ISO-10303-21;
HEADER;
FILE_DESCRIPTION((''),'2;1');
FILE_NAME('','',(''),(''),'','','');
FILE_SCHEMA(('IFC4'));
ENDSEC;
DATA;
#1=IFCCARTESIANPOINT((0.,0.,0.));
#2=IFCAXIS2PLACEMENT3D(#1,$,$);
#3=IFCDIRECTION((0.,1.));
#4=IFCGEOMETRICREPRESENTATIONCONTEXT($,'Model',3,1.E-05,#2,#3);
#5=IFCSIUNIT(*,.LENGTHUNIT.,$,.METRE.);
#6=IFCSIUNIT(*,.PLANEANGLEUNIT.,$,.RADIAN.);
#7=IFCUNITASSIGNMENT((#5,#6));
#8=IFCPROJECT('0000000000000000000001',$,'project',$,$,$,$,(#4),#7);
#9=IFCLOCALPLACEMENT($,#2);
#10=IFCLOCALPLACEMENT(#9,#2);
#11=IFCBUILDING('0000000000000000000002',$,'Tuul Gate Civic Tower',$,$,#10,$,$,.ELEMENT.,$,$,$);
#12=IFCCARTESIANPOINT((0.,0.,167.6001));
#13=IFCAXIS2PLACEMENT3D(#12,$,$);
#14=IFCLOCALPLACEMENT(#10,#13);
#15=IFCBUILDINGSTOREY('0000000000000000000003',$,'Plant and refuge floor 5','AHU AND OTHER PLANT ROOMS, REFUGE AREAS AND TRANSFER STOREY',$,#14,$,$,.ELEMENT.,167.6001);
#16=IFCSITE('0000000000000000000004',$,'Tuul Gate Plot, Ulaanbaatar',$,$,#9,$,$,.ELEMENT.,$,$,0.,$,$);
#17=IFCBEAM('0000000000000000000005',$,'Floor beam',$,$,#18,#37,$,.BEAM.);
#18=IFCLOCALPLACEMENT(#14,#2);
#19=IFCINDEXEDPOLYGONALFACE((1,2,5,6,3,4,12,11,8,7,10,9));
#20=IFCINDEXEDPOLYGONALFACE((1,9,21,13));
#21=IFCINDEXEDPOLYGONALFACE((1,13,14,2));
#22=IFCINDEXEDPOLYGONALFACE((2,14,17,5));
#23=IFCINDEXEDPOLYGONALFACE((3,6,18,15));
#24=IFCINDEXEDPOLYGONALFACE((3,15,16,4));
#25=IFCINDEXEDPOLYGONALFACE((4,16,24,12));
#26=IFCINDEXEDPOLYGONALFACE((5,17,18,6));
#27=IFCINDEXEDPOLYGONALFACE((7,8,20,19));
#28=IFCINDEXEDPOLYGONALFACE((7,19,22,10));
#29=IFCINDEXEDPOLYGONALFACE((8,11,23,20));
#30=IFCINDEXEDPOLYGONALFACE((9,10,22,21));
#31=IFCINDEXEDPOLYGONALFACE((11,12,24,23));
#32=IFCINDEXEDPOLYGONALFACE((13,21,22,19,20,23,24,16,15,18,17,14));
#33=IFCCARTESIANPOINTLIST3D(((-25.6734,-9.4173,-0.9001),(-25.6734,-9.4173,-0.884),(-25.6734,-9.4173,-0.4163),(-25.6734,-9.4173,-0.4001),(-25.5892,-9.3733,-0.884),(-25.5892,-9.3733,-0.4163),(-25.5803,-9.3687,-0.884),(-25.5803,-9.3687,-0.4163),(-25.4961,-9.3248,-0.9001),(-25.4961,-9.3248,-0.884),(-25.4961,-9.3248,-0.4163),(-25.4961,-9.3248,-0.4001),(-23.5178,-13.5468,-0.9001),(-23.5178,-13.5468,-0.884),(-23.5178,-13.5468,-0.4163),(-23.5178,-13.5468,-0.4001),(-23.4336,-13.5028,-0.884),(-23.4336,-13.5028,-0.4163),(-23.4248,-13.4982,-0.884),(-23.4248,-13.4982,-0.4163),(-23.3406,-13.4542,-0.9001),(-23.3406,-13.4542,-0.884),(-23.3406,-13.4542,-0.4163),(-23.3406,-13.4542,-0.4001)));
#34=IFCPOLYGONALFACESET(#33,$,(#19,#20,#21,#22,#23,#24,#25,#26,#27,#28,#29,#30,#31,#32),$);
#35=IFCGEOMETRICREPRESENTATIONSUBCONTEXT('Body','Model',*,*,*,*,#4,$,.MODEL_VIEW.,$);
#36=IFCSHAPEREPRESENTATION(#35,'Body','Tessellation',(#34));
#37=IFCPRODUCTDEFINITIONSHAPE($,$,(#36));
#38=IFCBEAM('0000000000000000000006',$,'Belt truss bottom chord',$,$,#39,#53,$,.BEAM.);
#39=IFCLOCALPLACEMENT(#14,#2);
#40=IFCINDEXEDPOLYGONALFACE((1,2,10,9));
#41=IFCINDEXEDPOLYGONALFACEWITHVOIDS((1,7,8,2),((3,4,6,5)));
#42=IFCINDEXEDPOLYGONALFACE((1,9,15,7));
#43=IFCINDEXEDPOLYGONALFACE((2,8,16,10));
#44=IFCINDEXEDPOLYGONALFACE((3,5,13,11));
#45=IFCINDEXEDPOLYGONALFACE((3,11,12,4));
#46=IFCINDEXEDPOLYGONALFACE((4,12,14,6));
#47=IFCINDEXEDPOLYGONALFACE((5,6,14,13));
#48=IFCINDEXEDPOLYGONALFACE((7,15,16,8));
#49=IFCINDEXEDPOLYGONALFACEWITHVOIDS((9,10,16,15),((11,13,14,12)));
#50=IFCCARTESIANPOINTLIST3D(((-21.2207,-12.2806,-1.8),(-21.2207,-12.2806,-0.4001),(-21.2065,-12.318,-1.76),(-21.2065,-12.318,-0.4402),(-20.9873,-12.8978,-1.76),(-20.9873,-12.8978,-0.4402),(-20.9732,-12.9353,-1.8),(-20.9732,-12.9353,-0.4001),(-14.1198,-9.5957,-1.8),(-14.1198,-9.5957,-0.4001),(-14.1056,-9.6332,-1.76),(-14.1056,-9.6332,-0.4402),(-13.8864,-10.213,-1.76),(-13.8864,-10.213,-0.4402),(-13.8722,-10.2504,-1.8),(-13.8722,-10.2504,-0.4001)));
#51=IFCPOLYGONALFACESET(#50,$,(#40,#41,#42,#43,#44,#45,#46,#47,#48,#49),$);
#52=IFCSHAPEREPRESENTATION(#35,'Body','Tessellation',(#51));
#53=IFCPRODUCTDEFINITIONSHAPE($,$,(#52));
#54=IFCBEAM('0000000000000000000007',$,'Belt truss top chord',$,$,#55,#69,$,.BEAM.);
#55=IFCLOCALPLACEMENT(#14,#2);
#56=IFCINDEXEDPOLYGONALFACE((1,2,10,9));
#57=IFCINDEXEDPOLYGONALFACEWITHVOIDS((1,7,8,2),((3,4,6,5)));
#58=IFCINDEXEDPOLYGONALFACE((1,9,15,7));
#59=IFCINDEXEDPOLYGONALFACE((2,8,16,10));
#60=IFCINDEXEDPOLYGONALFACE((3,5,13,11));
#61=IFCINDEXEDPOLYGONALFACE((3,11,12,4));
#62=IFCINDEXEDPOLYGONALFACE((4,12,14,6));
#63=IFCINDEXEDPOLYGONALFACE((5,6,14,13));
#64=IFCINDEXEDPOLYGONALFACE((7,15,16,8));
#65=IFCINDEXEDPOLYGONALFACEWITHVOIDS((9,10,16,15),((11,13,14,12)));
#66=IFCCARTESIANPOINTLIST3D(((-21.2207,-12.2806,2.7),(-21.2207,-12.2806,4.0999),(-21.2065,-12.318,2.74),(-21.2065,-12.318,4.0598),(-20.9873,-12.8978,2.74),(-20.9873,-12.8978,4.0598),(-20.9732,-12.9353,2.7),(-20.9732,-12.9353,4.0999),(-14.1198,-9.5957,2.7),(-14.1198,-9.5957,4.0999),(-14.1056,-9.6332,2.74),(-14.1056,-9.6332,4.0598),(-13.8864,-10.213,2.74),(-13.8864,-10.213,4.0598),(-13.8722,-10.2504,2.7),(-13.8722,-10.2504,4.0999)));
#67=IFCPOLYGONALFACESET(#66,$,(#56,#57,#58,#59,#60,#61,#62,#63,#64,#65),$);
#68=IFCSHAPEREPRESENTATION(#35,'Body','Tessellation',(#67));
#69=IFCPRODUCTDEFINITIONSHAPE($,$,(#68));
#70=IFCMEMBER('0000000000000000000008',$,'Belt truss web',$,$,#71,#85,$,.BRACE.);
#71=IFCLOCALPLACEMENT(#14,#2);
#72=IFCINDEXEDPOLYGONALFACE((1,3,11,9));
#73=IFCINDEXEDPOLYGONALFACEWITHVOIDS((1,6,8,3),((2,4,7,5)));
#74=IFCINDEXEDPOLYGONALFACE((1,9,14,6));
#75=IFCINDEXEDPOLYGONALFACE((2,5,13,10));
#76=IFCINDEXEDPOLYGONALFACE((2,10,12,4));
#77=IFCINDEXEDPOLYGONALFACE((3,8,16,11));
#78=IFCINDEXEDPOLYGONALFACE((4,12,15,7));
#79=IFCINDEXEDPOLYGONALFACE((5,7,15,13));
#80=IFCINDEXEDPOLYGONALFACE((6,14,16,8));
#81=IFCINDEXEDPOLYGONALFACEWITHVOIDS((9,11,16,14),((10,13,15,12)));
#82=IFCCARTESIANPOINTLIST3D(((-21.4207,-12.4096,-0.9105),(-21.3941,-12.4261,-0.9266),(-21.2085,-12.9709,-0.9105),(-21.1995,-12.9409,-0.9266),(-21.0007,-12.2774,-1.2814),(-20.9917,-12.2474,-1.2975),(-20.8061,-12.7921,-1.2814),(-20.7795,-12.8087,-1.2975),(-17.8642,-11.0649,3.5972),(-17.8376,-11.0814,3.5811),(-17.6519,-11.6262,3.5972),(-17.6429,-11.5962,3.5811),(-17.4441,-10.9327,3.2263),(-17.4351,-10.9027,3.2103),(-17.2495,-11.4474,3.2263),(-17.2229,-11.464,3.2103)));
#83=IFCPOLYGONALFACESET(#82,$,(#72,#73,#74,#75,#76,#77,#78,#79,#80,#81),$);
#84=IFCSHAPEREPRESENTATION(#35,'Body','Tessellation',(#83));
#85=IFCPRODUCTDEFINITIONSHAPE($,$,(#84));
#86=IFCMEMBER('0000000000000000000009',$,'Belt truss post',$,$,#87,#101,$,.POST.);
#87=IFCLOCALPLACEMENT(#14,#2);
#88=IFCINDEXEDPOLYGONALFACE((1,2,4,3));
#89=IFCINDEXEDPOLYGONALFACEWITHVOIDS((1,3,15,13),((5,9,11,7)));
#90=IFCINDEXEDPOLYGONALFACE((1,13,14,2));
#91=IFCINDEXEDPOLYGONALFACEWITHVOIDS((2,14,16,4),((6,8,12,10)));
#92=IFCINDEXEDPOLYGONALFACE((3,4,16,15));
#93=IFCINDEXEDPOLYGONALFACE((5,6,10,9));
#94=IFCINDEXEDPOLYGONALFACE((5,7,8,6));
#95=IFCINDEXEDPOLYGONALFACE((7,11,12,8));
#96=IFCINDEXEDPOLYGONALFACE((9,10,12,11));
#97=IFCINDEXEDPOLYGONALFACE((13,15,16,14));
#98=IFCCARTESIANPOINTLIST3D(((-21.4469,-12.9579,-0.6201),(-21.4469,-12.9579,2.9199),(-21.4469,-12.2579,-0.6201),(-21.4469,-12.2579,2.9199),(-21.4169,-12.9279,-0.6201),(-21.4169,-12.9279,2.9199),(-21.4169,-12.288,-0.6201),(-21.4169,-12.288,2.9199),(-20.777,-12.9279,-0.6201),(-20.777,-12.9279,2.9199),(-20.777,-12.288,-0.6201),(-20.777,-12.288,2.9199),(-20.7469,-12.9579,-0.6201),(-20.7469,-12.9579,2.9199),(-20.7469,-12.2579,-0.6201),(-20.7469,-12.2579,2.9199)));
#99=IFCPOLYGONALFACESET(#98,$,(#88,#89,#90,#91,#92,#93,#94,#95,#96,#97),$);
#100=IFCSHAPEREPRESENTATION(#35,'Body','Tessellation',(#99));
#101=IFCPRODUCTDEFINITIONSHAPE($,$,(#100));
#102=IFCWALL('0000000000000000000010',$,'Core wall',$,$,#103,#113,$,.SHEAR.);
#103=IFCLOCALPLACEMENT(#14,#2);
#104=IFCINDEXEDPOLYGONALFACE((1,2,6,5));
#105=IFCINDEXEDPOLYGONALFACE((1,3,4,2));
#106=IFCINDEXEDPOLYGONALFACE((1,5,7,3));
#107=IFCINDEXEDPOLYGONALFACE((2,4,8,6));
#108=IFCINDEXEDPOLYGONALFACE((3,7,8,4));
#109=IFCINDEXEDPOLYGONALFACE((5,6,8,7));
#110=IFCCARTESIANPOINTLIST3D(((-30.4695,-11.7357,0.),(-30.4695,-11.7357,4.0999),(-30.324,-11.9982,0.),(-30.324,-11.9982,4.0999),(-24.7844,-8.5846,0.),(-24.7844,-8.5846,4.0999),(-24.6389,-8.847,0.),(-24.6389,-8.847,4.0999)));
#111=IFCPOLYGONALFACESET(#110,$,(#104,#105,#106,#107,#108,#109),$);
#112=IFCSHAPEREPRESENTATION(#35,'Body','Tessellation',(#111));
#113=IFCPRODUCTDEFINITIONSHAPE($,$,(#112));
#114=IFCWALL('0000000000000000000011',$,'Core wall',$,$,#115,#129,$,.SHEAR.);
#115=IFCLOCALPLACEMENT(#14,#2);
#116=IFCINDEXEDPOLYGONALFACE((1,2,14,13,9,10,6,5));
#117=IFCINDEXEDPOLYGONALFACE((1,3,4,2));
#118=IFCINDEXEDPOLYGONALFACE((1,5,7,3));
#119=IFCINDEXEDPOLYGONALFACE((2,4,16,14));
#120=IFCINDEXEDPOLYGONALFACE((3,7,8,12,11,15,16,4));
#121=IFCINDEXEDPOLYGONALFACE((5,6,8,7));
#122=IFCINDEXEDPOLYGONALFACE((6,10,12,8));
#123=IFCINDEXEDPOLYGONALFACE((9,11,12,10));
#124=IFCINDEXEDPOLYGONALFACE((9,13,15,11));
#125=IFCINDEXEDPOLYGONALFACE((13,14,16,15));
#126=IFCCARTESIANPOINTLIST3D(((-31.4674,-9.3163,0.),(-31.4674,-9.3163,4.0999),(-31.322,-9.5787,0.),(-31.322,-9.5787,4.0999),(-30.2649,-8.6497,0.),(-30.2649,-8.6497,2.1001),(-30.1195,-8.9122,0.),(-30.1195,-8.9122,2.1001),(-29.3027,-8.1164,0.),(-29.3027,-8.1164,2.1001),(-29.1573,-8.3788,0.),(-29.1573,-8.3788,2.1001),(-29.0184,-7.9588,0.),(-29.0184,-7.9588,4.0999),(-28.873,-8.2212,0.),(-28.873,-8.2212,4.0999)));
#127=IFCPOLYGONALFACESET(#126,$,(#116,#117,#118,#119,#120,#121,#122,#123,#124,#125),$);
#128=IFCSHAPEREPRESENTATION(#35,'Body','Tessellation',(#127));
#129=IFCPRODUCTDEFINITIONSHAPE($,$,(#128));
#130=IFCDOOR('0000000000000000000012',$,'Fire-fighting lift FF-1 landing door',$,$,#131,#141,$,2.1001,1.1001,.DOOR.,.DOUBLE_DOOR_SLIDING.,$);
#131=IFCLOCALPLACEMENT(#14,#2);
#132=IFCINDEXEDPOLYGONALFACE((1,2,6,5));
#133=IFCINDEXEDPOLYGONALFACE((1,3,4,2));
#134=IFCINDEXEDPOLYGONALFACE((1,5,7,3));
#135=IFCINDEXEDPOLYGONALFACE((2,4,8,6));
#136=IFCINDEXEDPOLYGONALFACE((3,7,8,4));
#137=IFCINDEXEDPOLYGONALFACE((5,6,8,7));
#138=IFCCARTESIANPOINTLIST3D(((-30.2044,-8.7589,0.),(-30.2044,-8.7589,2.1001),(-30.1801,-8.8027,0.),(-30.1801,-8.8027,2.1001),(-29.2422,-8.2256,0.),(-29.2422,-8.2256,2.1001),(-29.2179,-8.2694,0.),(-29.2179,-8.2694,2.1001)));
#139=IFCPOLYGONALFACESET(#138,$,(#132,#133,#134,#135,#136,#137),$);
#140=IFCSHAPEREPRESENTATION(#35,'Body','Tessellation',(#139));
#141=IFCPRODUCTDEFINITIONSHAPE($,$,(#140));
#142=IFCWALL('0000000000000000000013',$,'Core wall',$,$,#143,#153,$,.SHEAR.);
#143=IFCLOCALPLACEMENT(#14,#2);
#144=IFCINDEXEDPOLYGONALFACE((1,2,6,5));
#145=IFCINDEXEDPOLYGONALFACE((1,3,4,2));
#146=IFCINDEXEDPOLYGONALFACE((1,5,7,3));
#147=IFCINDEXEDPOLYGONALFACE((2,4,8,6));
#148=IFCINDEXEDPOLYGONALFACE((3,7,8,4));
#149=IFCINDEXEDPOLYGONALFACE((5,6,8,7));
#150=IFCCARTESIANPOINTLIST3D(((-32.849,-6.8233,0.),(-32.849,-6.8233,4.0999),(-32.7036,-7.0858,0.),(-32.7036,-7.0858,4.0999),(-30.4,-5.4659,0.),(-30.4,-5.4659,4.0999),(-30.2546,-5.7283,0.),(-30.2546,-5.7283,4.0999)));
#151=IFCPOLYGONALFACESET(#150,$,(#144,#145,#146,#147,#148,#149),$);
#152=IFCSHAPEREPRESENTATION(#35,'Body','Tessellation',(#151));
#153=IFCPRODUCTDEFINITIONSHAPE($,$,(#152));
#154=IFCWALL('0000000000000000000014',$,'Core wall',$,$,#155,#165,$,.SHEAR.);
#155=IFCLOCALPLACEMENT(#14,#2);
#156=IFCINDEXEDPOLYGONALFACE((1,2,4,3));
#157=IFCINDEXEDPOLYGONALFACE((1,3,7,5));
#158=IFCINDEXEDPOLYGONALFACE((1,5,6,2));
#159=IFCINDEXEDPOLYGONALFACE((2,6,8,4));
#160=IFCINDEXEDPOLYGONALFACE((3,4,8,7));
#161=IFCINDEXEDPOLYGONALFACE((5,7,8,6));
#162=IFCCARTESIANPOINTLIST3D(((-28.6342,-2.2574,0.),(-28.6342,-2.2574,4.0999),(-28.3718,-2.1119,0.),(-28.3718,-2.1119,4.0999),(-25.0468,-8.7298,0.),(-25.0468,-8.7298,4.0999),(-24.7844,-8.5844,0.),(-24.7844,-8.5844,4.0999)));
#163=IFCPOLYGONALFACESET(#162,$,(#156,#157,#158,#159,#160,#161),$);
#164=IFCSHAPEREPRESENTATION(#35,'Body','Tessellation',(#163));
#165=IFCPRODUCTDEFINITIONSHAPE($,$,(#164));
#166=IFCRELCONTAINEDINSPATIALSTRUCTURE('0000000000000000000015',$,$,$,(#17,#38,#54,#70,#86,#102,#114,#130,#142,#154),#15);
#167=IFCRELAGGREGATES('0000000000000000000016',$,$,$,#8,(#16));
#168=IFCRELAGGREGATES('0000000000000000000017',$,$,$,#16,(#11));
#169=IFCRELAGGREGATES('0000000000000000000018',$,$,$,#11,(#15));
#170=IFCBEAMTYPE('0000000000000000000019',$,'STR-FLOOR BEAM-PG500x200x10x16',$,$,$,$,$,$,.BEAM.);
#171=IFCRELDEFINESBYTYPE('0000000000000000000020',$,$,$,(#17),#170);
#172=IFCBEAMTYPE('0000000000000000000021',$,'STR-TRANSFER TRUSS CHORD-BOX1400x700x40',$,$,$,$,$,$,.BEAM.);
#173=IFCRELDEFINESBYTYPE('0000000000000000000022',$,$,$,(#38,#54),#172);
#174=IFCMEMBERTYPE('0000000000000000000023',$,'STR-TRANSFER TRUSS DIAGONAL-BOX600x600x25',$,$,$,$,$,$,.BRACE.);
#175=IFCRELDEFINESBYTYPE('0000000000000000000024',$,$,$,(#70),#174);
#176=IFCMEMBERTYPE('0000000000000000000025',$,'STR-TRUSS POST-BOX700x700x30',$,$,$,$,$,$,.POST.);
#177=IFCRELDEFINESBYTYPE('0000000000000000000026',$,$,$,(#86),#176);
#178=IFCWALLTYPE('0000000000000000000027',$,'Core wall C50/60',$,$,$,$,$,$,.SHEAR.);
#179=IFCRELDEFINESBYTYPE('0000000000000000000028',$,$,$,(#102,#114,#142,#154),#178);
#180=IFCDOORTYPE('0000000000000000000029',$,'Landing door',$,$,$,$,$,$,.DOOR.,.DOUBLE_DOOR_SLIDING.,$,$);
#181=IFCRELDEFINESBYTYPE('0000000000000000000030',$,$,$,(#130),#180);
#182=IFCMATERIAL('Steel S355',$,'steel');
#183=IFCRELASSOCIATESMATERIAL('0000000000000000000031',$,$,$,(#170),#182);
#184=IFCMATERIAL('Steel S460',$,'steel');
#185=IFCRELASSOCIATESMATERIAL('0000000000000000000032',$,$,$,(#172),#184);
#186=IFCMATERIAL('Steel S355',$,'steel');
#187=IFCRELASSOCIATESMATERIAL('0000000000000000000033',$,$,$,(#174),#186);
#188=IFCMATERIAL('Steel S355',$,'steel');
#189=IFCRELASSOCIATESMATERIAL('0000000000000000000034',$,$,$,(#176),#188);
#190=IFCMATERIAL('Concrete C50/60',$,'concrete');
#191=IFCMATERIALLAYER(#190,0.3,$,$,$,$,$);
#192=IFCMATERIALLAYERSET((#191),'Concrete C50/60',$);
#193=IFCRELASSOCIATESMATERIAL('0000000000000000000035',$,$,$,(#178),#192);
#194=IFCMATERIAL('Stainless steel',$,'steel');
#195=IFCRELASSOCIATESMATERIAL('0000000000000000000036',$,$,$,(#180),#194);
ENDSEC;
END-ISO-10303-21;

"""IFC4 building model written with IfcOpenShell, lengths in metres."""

from ifc_helpers import new_model, si_unit, direction, frame, frame_2d, origin, origin_2d, place, context, subcontext, project, spatial, rectangle, hollow_rectangle, i_section, extrude, material, layer, layer_set, material_profile, profile_set, type_object, element, fill, save


model = new_model("IFC4")

# Units and contexts
model_context = context("Model", 3, precision=1e-05, world=origin(), true_north=direction((0.0, 1.0)))
body_context = subcontext(model_context, "Body", "Model", "MODEL_VIEW")
ifc_project = project(units=[si_unit("LENGTHUNIT", "METRE"), si_unit("PLANEANGLEUNIT", "RADIAN")], contexts=[model_context])

# Site, building, storey
site_placement = place(None, origin())
site = spatial("IfcSite", under=ifc_project, at=site_placement, Name="Tuul Gate Plot, Ulaanbaatar", CompositionType="ELEMENT", RefElevation=0.0)
building_placement = place(site_placement, origin())
building = spatial("IfcBuilding", under=site, at=building_placement, Name="Tuul Gate Civic Tower", CompositionType="ELEMENT")
storey_placement = place(building_placement, frame((0.0, 0.0, 167.6001)))
storey = spatial("IfcBuildingStorey", under=building, at=storey_placement, Name="Plant and refuge floor 5", Description="AHU AND OTHER PLANT ROOMS, REFUGE AREAS AND TRANSFER STOREY", CompositionType="ELEMENT", Elevation=167.6001)

# Beams
ifc_material_1 = material(Name="Steel S355", Category="steel")
ifc_material_profile_1 = material_profile(ifc_material_1, i_section(OverallWidth=0.2, OverallDepth=0.5, WebThickness=0.01, FlangeThickness=0.0161, at=origin_2d()), Name="PG500x200x10x16")
ifc_profile_set_1 = profile_set([ifc_material_profile_1], Name="Steel S355")
beam_type_1 = type_object("IfcBeamType", Name="STR-FLOOR BEAM-PG500x200x10x16", PredefinedType="BEAM", material=ifc_profile_set_1)
beam_placement = place(storey_placement, frame((-23.4292, -13.5005, -0.6501), z_axis=(-0.462743, 0.886492, 0.0), x_axis=(-0.886492, -0.462743, 0.0)))
element("IfcBeam", 1, at=beam_placement, inside=storey, type_object=beam_type_1, Name="Floor beam", PredefinedType="BEAM", context=body_context, shape_type="SweptSolid", body=[
    extrude(i_section(OverallWidth=0.2, OverallDepth=0.5, WebThickness=0.01, FlangeThickness=0.0161, at=origin_2d()), origin(), (0.0, 0.0, 1.0), 4.6582),
])
ifc_material_2 = material(Name="Steel S460", Category="steel")
ifc_material_profile_2 = material_profile(ifc_material_2, hollow_rectangle(XDim=0.7, YDim=1.3999, WallThickness=0.04, at=origin_2d()), Name="BOX1400x700x40")
ifc_profile_set_2 = profile_set([ifc_material_profile_2], Name="Steel S460")
beam_type_2 = type_object("IfcBeamType", Name="STR-TRANSFER TRUSS CHORD-BOX1400x700x40", PredefinedType="BEAM", material=ifc_profile_set_2)
for number, where, z_axis, x_axis, name in (
    (2, (-21.0969, -12.6079, -1.1001), (0.935373, 0.353663, 0.0), (-0.353663, 0.935373, 0.0), "Belt truss bottom chord"),
    (3, (-21.0969, -12.6079, 3.3999), (0.935373, 0.353663, 0.0), (-0.353663, 0.935373, 0.0), "Belt truss top chord"),
):
    element("IfcBeam", number, at=place(storey_placement, frame(where, z_axis=z_axis, x_axis=x_axis)), inside=storey, type_object=beam_type_2, Name=name, PredefinedType="BEAM", context=body_context, shape_type="SweptSolid", body=[
        extrude(hollow_rectangle(XDim=0.7, YDim=1.3999, WallThickness=0.04, at=origin_2d()), origin(), (0.0, 0.0, 1.0), 7.5916),
    ])

# Members
ifc_material_3 = material(Name="Steel S355", Category="steel")
ifc_material_profile_3 = material_profile(ifc_material_3, hollow_rectangle(XDim=0.6001, YDim=0.6001, WallThickness=0.0249, at=origin_2d()), Name="BOX600x600x25")
ifc_profile_set_3 = profile_set([ifc_material_profile_3], Name="Steel S355")
member_type_1 = type_object("IfcMemberType", Name="STR-TRANSFER TRUSS DIAGONAL-BOX600x600x25", PredefinedType="BRACE", material=ifc_profile_set_3)
member_1_placement = place(storey_placement, frame((-21.1001, -12.6091, -1.104), z_axis=(0.603095, 0.228023, 0.764384), x_axis=(-0.353655, 0.935376, 0.0)))
element("IfcMember", 4, at=member_1_placement, inside=storey, type_object=member_type_1, Name="Belt truss web", PredefinedType="BRACE", context=body_context, shape_type="SweptSolid", body=[
    extrude(hollow_rectangle(XDim=0.6001, YDim=0.6001, WallThickness=0.0249, at=origin_2d()), origin(), (0.0, 0.0, 1.0), 5.8972),
])
ifc_material_4 = material(Name="Steel S355", Category="steel")
ifc_material_profile_4 = material_profile(ifc_material_4, hollow_rectangle(XDim=0.7, YDim=0.7, WallThickness=0.03, at=origin_2d()), Name="BOX700x700x30")
ifc_profile_set_4 = profile_set([ifc_material_profile_4], Name="Steel S355")
member_type_2 = type_object("IfcMemberType", Name="STR-TRUSS POST-BOX700x700x30", PredefinedType="POST", material=ifc_profile_set_4)
member_2_placement = place(storey_placement, frame((-21.0969, -12.6079, -0.6201), z_axis=(0.0, 0.0, 1.0), x_axis=(1.0, 0.0, 0.0)))
element("IfcMember", 5, at=member_2_placement, inside=storey, type_object=member_type_2, Name="Belt truss post", PredefinedType="POST", context=body_context, shape_type="SweptSolid", body=[
    extrude(hollow_rectangle(XDim=0.7, YDim=0.7, WallThickness=0.03, at=origin_2d()), origin(), (0.0, 0.0, 1.0), 3.54),
])

# Wall
ifc_material_5 = material(Name="Concrete C50/60", Category="concrete")
ifc_layer_1 = layer(ifc_material_5, 0.3)
ifc_layer_set_1 = layer_set([ifc_layer_1], Name="Concrete C50/60")
wall_type_1 = type_object("IfcWallType", Name="Core wall C50/60", PredefinedType="SHEAR", material=ifc_layer_set_1)
wall_1_placement = place(storey_placement, frame((-24.7117, -8.7158, 0.0), z_axis=(0.0, 0.0, 1.0), x_axis=(-0.87463, -0.484791, 0.0)))
element("IfcWall", 6, at=wall_1_placement, inside=storey, type_object=wall_type_1, Name="Core wall", PredefinedType="SHEAR", context=body_context, shape_type="SweptSolid", body=[
    extrude(rectangle(XDim=6.5, YDim=0.3, at=frame_2d((3.25, 0.0))), origin(), (0.0, 0.0, 1.0), 4.0999),
])

# Wall, opening, door
wall_2_placement = place(storey_placement, frame((-28.9458, -8.0901, 0.0), z_axis=(0.0, 0.0, 1.0), x_axis=(-0.87463, -0.484791, 0.0)))
wall_2 = element("IfcWall", 7, at=wall_2_placement, inside=storey, type_object=wall_type_1, Name="Core wall", PredefinedType="SHEAR", context=body_context, shape_type="SweptSolid", body=[
    extrude(rectangle(XDim=2.8, YDim=0.3, at=frame_2d((1.3999, 0.0))), origin(), (0.0, 0.0, 1.0), 4.0999),
])
opening_1_placement = place(wall_2_placement, frame((0.325, 0.0, 0.0)))
opening_1 = element("IfcOpeningElement", 8, at=opening_1_placement, cuts=wall_2, PredefinedType="OPENING", context=body_context, shape_type="SweptSolid", body=[
    extrude(rectangle(XDim=1.1001, YDim=2.1001, at=frame_2d((0.55, 1.05))), frame((0.0, 0.1602, 0.0), z_axis=(0.0, -1.0, 0.0), x_axis=(1.0, 0.0, 0.0)), (0.0, 0.0, 1.0), 0.3201),
])
ifc_material_6 = material(Name="Stainless steel", Category="steel")
door_type_1 = type_object("IfcDoorType", Name="Landing door", OperationType="DOUBLE_DOOR_SLIDING", PredefinedType="DOOR", material=ifc_material_6)
door_1_placement = place(opening_1_placement, origin())
door_1 = element("IfcDoor", 9, at=door_1_placement, inside=storey, type_object=door_type_1, Name="Fire-fighting lift FF-1 landing door", OperationType="DOUBLE_DOOR_SLIDING", OverallHeight=2.1001, OverallWidth=1.1001, PredefinedType="DOOR", context=body_context, shape_type="SweptSolid", body=[
    extrude(rectangle(XDim=1.1001, YDim=2.1001, at=frame_2d((0.55, 1.05))), frame((0.0, 0.0249, 0.0), z_axis=(0.0, -1.0, 0.0), x_axis=(1.0, 0.0, 0.0)), (0.0, 0.0, 1.0), 0.05),
])
fill(opening_1, door_1)

# Walls
wall_3_placement = place(storey_placement, frame((-30.3274, -5.5972, 0.0), z_axis=(0.0, 0.0, 1.0), x_axis=(-0.87463, -0.484791, 0.0)))
element("IfcWall", 10, at=wall_3_placement, inside=storey, type_object=wall_type_1, Name="Core wall", PredefinedType="SHEAR", context=body_context, shape_type="SweptSolid", body=[
    extrude(rectangle(XDim=2.8, YDim=0.3, at=frame_2d((1.3999, 0.0))), origin(), (0.0, 0.0, 1.0), 4.0999),
])
wall_4_placement = place(storey_placement, frame((-24.9155, -8.6572, 0.0), z_axis=(0.0, 0.0, 1.0), x_axis=(-0.484777, 0.874638, 0.0)))
element("IfcWall", 11, at=wall_4_placement, inside=storey, type_object=wall_type_1, Name="Core wall", PredefinedType="SHEAR", context=body_context, shape_type="SweptSolid", body=[
    extrude(rectangle(XDim=7.4001, YDim=0.3, at=frame_2d((3.7002, 0.0))), origin(), (0.0, 0.0, 1.0), 4.0999),
])

save(model, "model.ifc")
